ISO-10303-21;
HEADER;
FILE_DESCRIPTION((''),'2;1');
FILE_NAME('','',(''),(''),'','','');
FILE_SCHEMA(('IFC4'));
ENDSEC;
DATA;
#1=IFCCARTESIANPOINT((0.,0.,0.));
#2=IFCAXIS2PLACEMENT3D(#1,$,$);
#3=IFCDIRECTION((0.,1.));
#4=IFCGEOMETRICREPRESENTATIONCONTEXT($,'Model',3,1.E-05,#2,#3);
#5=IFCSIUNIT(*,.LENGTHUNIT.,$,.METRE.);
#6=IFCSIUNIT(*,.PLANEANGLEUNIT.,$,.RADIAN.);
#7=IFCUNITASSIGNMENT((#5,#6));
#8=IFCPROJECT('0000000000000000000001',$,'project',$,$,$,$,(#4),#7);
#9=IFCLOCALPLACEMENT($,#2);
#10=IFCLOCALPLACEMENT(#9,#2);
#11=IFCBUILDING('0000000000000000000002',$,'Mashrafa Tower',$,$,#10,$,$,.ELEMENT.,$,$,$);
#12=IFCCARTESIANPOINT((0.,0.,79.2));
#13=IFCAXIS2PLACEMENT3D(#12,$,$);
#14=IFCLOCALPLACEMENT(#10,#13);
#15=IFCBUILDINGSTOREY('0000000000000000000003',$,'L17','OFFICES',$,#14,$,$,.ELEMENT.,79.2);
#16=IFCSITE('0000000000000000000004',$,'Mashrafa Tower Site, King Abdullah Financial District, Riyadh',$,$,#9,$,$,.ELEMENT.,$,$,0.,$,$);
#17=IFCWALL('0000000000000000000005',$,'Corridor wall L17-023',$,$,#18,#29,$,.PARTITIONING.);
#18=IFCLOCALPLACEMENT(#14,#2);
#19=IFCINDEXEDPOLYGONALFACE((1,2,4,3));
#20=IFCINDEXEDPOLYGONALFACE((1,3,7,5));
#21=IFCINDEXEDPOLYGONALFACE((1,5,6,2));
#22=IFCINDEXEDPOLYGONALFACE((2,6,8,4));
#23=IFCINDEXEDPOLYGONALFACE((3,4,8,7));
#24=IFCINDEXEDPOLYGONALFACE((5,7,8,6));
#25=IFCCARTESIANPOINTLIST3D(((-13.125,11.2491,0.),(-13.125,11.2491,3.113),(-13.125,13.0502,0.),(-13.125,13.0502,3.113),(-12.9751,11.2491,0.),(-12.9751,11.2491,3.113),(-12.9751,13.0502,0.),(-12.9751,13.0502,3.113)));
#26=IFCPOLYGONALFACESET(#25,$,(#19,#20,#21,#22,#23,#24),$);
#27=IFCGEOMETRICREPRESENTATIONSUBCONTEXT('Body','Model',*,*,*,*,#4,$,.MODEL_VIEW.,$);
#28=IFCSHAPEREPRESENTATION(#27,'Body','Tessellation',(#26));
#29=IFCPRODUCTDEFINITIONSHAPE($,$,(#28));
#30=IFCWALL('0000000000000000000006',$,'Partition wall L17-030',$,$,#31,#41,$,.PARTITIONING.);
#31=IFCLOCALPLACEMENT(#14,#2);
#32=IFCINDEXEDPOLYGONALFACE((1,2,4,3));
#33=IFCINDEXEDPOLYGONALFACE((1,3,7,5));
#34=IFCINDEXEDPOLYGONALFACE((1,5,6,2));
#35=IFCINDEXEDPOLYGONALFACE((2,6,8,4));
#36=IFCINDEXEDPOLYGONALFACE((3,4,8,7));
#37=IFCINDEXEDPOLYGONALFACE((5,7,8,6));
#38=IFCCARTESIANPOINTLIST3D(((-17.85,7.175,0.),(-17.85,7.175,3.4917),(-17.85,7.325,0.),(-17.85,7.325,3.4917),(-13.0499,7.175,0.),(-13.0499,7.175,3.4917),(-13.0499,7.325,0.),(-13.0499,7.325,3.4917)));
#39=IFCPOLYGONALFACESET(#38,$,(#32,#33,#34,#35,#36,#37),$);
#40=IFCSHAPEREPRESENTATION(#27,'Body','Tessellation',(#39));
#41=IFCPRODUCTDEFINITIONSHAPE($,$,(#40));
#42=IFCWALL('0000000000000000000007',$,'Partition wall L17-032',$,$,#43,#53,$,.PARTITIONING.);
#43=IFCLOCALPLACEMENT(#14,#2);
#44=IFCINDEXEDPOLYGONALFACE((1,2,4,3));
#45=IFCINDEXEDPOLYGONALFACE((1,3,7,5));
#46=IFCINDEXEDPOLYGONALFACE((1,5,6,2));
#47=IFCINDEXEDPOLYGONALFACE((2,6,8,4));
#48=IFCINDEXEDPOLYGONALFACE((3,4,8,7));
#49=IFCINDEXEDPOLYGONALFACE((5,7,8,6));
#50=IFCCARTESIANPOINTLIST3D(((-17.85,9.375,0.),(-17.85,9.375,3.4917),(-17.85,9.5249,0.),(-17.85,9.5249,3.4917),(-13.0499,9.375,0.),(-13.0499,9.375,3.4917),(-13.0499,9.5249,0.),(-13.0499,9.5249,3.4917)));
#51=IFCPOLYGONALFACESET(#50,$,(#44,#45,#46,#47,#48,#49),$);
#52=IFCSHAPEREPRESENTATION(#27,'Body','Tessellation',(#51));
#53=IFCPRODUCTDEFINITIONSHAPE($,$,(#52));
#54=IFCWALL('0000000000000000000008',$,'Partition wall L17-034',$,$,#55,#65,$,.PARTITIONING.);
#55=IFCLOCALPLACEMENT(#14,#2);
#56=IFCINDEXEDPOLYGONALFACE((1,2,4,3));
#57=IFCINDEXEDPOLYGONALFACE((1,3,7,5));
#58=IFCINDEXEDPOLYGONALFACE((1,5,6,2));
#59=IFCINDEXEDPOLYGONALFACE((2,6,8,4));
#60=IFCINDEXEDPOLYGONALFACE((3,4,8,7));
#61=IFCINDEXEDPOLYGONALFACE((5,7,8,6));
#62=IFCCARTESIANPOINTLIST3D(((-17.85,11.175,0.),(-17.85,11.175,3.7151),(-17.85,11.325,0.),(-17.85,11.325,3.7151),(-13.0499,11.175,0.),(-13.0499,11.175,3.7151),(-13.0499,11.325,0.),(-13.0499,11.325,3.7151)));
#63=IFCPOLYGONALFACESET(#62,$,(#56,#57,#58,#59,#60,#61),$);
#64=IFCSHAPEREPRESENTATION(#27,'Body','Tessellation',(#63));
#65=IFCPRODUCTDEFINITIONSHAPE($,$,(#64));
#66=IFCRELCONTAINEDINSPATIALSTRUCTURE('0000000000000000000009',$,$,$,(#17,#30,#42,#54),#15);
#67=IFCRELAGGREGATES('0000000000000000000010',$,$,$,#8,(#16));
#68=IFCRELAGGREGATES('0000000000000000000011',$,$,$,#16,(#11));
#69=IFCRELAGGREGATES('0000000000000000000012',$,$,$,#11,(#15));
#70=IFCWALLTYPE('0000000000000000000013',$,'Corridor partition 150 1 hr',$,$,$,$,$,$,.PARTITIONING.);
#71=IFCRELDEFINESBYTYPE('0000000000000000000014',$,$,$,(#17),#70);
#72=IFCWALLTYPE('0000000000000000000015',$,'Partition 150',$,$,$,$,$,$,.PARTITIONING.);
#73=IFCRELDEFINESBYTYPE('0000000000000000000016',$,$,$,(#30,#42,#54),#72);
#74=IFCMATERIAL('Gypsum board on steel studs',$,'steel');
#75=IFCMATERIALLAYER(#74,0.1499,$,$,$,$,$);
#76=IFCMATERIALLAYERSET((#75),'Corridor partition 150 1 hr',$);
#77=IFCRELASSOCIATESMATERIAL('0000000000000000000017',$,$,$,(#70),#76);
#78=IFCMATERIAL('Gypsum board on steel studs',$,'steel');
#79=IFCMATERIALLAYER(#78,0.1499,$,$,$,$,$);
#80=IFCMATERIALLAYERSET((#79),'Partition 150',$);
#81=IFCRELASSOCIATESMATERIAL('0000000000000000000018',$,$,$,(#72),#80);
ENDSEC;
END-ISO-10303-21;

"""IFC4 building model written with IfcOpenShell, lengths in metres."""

from ifc_helpers import new_model, si_unit, direction, frame, frame_2d, origin, place, context, subcontext, project, spatial, rectangle, extrude, material, layer, layer_set, type_object, element, save


model = new_model("IFC4")

# Units and contexts
model_context = context("Model", 3, precision=1e-05, world=origin(), true_north=direction((0.0, 1.0)))
body_context = subcontext(model_context, "Body", "Model", "MODEL_VIEW")
ifc_project = project(units=[si_unit("LENGTHUNIT", "METRE"), si_unit("PLANEANGLEUNIT", "RADIAN")], contexts=[model_context])

# Site, building, storey
site_placement = place(None, origin())
site = spatial("IfcSite", under=ifc_project, at=site_placement, Name="Mashrafa Tower Site, King Abdullah Financial District, Riyadh", CompositionType="ELEMENT", RefElevation=0.0)
building_placement = place(site_placement, origin())
building = spatial("IfcBuilding", under=site, at=building_placement, Name="Mashrafa Tower", CompositionType="ELEMENT")
storey_placement = place(building_placement, frame((0.0, 0.0, 79.2)))
storey = spatial("IfcBuildingStorey", under=building, at=storey_placement, Name="L17", Description="OFFICES", CompositionType="ELEMENT", Elevation=79.2)

# Shared definitions
ifc_material_1 = material(Name="Gypsum board on steel studs", Category="steel")
ifc_layer_1 = layer(ifc_material_1, 0.1499)
ifc_layer_set_1 = layer_set([ifc_layer_1], Name="Corridor partition 150 1 hr")
wall_type_1 = type_object("IfcWallType", Name="Corridor partition 150 1 hr", PredefinedType="PARTITIONING", material=ifc_layer_set_1)

# Walls
wall_1_placement = place(storey_placement, frame((-13.05, 13.05, 0.0), z_axis=(0.0, 0.0, 1.0), x_axis=(0.0, -1.0, 0.0)))
element("IfcWall", 1, at=wall_1_placement, inside=storey, type_object=wall_type_1, Name="Corridor wall L17-023", PredefinedType="PARTITIONING", context=body_context, shape_type="SweptSolid", body=[
    extrude(rectangle(XDim=1.801, YDim=0.1499, at=frame_2d((0.9004, 0.0))), origin(), (0.0, 0.0, 1.0), 3.113),
])
ifc_material_2 = material(Name="Gypsum board on steel studs", Category="steel")
ifc_layer_2 = layer(ifc_material_2, 0.1499)
ifc_layer_set_2 = layer_set([ifc_layer_2], Name="Partition 150")
wall_type_2 = type_object("IfcWallType", Name="Partition 150", PredefinedType="PARTITIONING", material=ifc_layer_set_2)
for number, where, z_axis, x_axis, name in (
    (2, (-13.05, 7.25, 0.0), (0.0, 0.0, 1.0), (-1.0, 0.0, 0.0), "Partition wall L17-030"),
    (3, (-13.05, 9.45, 0.0), (0.0, 0.0, 1.0), (-1.0, 0.0, 0.0), "Partition wall L17-032"),
):
    element("IfcWall", number, at=place(storey_placement, frame(where, z_axis=z_axis, x_axis=x_axis)), inside=storey, type_object=wall_type_2, Name=name, PredefinedType="PARTITIONING", context=body_context, shape_type="SweptSolid", body=[
        extrude(rectangle(XDim=4.8, YDim=0.1499, at=frame_2d((2.3999, 0.0))), origin(), (0.0, 0.0, 1.0), 3.4917),
    ])
wall_2_placement = place(storey_placement, frame((-13.05, 11.25, 0.0), z_axis=(0.0, 0.0, 1.0), x_axis=(-1.0, 0.0, 0.0)))
element("IfcWall", 4, at=wall_2_placement, inside=storey, type_object=wall_type_2, Name="Partition wall L17-034", PredefinedType="PARTITIONING", context=body_context, shape_type="SweptSolid", body=[
    extrude(rectangle(XDim=4.8, YDim=0.1499, at=frame_2d((2.3999, 0.0))), origin(), (0.0, 0.0, 1.0), 3.7151),
])

save(model, "model.ifc")
